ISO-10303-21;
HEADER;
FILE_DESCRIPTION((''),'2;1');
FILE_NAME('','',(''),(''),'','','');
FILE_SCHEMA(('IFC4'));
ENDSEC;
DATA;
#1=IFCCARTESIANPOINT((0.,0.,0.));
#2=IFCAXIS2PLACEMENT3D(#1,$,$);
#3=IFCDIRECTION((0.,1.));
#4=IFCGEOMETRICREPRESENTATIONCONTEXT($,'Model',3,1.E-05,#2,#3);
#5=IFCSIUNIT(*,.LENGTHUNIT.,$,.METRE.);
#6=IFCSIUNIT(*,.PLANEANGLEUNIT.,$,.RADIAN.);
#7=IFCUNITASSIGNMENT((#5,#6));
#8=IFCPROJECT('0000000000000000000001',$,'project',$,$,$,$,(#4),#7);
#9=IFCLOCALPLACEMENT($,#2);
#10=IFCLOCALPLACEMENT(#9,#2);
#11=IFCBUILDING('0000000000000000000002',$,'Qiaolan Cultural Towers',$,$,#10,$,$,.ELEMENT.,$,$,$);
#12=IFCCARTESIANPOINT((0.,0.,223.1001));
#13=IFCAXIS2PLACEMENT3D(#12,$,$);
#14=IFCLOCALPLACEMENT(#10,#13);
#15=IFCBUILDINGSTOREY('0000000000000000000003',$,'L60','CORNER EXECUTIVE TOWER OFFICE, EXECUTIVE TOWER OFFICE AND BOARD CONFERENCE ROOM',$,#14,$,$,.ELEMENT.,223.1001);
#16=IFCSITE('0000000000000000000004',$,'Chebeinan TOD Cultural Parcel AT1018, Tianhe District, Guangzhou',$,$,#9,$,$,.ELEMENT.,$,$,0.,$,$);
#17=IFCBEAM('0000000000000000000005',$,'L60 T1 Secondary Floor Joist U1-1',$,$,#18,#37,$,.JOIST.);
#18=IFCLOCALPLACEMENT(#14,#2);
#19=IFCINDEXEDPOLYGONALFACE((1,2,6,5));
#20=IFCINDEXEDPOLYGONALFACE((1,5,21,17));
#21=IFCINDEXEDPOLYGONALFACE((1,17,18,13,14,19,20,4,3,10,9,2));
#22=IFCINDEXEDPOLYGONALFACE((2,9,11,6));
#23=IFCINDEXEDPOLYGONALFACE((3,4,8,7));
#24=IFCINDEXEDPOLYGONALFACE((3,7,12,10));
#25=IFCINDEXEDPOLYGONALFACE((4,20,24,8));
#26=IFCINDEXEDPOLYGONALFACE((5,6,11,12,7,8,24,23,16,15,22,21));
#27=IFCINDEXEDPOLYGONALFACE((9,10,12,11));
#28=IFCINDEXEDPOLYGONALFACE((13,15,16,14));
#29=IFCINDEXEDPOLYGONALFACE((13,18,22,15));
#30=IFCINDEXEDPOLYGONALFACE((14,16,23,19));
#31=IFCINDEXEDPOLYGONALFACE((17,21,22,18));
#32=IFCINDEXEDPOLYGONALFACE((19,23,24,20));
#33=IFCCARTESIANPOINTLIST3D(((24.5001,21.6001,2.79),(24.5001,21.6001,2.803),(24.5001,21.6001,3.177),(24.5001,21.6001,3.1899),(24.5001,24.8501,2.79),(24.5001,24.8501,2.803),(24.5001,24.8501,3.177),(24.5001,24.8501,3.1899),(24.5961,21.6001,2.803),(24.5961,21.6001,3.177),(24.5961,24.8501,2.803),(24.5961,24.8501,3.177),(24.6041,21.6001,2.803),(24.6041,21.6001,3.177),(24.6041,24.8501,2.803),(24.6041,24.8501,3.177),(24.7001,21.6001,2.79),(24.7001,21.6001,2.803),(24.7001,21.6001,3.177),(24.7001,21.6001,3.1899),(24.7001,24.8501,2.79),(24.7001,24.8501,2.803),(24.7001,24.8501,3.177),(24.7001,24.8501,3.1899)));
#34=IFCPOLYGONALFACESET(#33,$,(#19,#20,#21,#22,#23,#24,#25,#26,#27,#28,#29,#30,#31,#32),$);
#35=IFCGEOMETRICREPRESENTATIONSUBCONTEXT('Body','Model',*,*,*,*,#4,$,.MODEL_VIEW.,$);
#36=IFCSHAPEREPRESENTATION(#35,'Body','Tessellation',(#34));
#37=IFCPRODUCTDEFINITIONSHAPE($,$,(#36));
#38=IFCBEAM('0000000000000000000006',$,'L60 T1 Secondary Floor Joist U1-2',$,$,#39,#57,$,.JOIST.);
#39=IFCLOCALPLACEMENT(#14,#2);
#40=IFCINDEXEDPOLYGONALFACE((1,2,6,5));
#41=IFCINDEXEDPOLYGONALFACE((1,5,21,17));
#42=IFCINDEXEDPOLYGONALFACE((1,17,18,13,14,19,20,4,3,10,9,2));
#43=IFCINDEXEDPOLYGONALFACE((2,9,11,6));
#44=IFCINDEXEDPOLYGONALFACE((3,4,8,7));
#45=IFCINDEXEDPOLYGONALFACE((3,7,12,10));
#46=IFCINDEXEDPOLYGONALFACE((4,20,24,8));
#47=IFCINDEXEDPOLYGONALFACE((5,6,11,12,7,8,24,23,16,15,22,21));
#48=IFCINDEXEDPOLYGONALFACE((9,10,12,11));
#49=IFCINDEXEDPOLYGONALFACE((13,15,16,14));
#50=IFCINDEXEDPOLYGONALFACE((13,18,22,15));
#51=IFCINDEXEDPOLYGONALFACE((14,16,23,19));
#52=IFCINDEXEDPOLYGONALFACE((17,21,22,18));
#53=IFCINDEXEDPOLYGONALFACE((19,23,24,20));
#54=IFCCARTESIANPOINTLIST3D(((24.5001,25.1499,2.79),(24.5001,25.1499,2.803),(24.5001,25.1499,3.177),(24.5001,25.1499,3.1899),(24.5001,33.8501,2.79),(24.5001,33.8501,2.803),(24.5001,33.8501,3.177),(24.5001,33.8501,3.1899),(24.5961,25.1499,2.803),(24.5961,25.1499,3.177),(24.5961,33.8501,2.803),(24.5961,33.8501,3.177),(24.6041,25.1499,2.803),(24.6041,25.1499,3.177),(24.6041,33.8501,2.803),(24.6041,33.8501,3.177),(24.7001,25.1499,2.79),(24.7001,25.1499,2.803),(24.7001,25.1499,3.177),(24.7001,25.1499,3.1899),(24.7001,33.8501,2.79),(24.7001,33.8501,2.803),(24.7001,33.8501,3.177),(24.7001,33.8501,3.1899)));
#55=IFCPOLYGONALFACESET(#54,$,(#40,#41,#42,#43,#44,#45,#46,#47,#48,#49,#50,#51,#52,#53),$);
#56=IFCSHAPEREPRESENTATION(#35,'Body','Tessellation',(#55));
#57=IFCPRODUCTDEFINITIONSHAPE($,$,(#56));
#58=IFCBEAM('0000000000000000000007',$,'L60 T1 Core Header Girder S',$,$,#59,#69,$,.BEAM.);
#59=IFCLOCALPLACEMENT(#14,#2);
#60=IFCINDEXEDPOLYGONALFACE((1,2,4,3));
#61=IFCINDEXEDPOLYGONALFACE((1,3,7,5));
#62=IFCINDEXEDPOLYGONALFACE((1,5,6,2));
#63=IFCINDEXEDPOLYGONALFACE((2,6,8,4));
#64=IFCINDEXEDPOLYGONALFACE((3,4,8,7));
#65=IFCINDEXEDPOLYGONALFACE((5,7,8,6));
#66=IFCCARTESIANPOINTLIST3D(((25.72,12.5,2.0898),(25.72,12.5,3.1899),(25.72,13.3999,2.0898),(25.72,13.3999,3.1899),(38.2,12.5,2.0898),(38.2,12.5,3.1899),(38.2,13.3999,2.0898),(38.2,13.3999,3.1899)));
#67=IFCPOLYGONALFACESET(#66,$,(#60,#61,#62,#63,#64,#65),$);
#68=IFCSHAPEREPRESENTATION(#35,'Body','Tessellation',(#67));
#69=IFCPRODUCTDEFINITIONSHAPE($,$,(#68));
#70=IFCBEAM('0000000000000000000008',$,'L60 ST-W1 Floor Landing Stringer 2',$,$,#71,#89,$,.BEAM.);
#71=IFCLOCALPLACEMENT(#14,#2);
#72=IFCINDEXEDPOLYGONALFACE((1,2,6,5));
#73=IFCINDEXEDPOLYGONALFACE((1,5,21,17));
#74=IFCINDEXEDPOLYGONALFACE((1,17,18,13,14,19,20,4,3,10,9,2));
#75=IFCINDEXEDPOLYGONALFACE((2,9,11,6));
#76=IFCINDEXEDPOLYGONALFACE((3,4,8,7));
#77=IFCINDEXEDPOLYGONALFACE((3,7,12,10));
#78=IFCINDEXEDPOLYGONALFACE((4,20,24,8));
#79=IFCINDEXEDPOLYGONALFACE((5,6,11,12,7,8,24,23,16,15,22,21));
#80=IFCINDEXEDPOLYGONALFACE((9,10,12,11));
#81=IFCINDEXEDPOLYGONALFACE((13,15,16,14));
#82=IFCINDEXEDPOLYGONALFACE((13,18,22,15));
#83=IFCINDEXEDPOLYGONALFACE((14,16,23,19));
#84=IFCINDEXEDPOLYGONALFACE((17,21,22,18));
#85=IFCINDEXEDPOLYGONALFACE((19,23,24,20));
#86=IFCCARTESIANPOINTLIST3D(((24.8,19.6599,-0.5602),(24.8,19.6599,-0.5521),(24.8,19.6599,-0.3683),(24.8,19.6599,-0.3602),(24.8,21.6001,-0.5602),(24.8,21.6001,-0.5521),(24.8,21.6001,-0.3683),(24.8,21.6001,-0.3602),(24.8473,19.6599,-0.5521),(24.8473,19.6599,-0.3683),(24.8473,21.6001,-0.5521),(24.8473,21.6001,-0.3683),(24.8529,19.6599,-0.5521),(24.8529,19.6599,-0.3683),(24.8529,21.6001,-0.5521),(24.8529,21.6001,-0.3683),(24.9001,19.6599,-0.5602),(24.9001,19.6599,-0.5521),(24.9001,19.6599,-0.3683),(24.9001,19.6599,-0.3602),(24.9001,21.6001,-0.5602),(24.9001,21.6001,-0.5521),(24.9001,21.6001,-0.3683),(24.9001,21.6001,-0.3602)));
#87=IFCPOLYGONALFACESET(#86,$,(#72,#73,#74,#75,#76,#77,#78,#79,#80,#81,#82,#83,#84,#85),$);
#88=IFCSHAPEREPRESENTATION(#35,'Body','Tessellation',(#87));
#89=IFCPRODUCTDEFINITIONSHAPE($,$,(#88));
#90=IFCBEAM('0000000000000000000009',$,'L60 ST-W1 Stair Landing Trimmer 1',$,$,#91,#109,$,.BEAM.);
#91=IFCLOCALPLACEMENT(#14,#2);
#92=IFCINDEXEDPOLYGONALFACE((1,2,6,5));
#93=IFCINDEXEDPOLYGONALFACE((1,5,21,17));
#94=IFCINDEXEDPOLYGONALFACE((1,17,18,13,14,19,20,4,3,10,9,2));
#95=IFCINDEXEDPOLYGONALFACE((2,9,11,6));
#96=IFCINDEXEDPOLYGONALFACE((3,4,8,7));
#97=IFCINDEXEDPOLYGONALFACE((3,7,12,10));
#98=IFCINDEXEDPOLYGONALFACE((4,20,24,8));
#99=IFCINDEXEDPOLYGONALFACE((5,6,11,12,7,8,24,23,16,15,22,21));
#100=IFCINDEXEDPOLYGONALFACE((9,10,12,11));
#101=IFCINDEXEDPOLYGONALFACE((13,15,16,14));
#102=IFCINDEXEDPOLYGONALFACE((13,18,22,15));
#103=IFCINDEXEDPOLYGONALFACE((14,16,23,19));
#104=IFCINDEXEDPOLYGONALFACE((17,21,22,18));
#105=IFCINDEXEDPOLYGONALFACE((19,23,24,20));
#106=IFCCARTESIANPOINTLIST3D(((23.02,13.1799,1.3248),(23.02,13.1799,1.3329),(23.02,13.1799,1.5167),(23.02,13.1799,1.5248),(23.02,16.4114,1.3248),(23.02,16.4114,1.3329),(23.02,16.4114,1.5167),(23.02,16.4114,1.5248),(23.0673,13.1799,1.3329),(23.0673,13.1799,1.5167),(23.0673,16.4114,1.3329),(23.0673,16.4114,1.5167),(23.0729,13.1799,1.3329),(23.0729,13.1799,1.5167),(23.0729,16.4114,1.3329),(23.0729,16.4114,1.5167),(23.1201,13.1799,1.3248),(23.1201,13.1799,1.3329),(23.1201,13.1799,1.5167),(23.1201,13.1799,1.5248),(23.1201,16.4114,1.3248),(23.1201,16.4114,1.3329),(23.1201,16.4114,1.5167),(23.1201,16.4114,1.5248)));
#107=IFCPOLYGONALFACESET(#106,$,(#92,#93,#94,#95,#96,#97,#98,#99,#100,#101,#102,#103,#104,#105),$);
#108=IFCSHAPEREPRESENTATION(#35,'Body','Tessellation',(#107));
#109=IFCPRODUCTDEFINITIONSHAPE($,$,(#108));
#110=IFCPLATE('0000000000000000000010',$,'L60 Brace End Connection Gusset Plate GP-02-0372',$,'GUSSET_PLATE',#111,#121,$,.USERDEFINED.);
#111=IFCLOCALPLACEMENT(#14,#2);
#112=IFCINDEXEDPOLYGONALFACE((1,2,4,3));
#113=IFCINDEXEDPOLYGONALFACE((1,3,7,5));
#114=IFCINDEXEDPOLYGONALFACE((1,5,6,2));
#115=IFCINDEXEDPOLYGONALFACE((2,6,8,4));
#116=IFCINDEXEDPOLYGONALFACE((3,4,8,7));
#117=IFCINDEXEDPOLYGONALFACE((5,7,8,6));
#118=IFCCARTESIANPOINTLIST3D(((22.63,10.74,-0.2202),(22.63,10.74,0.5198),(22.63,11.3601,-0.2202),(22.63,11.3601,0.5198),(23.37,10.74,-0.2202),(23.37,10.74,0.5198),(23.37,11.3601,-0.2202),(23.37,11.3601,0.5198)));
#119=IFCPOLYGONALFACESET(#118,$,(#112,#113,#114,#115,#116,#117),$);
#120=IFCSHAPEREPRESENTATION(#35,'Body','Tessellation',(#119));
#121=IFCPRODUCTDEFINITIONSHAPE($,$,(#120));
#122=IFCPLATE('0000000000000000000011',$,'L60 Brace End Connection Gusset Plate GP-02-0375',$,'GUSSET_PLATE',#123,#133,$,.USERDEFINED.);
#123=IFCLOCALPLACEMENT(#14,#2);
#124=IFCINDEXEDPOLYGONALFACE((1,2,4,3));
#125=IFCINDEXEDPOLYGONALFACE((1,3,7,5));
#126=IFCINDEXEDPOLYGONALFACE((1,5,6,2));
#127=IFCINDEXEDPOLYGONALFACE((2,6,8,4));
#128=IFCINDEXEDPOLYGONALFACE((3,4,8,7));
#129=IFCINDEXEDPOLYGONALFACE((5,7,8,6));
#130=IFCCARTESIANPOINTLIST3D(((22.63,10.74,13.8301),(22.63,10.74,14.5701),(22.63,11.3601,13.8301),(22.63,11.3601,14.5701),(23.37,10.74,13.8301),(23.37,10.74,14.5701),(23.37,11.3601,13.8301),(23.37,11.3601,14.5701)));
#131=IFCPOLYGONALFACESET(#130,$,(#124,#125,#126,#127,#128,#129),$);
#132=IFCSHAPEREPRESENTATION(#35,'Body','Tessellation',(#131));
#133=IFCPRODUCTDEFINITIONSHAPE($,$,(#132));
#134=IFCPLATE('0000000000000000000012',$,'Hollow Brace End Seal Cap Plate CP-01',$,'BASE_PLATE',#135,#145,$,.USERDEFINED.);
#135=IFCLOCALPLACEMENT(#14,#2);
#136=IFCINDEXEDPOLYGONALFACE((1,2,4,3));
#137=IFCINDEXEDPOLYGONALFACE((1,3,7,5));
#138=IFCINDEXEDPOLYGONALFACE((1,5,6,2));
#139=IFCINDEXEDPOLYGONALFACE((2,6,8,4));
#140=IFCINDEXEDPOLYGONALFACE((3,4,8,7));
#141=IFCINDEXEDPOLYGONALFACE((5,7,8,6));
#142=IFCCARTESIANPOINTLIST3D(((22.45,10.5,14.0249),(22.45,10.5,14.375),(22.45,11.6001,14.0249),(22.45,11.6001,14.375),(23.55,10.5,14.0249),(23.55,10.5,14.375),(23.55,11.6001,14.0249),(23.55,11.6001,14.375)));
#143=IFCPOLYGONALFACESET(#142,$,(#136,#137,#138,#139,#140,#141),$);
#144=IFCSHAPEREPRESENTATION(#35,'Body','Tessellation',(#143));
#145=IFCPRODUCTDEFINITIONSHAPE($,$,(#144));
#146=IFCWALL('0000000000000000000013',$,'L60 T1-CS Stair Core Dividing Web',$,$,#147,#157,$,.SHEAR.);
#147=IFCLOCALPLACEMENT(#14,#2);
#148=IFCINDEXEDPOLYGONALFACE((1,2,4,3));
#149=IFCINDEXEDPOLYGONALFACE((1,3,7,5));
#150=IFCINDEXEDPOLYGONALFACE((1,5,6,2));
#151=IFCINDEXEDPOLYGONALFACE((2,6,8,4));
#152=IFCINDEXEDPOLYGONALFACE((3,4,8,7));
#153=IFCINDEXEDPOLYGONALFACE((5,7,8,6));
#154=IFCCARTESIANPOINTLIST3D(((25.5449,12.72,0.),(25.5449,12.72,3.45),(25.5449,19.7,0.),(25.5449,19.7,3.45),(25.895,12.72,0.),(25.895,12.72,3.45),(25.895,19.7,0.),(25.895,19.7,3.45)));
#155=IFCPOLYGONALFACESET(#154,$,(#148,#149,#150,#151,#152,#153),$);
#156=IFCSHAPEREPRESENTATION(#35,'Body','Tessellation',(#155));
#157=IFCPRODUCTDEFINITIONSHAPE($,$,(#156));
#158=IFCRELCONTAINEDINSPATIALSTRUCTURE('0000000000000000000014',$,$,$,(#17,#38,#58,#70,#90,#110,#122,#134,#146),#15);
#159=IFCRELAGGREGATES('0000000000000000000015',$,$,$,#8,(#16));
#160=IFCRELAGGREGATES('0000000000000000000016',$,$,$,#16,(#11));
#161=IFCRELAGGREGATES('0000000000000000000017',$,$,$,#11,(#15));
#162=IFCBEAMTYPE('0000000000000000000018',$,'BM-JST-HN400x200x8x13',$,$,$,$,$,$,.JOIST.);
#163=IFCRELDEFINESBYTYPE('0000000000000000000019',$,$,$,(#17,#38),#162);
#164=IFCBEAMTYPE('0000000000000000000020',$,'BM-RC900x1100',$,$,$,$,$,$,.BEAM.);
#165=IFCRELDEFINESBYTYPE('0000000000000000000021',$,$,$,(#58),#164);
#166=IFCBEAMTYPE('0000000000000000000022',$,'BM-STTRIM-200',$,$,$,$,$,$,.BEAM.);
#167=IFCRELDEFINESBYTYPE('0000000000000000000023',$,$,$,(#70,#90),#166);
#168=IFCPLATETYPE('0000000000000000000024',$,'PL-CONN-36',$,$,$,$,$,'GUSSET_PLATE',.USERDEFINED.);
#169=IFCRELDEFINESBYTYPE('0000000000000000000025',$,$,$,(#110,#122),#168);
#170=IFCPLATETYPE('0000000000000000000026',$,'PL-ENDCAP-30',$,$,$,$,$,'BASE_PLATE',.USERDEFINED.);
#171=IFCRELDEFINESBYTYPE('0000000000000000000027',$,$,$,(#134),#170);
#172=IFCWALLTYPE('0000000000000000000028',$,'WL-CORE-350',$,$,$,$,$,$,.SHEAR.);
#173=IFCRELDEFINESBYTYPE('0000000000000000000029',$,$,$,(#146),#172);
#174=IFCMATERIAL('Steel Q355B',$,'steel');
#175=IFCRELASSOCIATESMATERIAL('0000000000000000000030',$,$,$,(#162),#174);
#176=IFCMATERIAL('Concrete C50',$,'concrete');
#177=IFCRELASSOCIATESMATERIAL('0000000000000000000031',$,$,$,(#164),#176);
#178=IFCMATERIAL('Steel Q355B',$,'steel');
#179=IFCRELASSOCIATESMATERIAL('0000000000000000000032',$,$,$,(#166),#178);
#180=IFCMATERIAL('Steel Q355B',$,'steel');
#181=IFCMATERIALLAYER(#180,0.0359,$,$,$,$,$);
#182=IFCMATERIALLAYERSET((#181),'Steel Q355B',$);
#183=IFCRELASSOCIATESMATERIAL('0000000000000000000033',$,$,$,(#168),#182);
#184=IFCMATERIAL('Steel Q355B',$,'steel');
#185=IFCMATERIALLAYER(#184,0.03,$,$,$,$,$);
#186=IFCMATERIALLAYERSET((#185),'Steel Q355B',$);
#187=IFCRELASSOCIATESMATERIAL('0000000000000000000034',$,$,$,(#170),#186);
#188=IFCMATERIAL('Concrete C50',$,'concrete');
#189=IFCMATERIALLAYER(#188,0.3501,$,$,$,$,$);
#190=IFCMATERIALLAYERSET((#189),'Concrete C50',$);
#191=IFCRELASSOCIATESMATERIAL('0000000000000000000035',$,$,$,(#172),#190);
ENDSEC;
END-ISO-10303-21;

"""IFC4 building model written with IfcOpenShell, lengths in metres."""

from ifc_helpers import new_model, si_unit, direction, frame, frame_2d, origin, origin_2d, place, context, subcontext, project, spatial, rectangle, i_section, extrude, material, layer, layer_set, material_profile, profile_set, type_object, element, save


model = new_model("IFC4")

# Units and contexts
model_context = context("Model", 3, precision=1e-05, world=origin(), true_north=direction((0.0, 1.0)))
body_context = subcontext(model_context, "Body", "Model", "MODEL_VIEW")
ifc_project = project(units=[si_unit("LENGTHUNIT", "METRE"), si_unit("PLANEANGLEUNIT", "RADIAN")], contexts=[model_context])

# Site, building, storey
site_placement = place(None, origin())
site = spatial("IfcSite", under=ifc_project, at=site_placement, Name="Chebeinan TOD Cultural Parcel AT1018, Tianhe District, Guangzhou", CompositionType="ELEMENT", RefElevation=0.0)
building_placement = place(site_placement, origin())
building = spatial("IfcBuilding", under=site, at=building_placement, Name="Qiaolan Cultural Towers", CompositionType="ELEMENT")
storey_placement = place(building_placement, frame((0.0, 0.0, 223.1001)))
storey = spatial("IfcBuildingStorey", under=building, at=storey_placement, Name="L60", Description="CORNER EXECUTIVE TOWER OFFICE, EXECUTIVE TOWER OFFICE AND BOARD CONFERENCE ROOM", CompositionType="ELEMENT", Elevation=223.1001)

# Beams
ifc_material_1 = material(Name="Steel Q355B", Category="steel")
ifc_material_profile_1 = material_profile(ifc_material_1, i_section(OverallWidth=0.2, OverallDepth=0.3999, WebThickness=0.0081, FlangeThickness=0.0129, at=origin_2d()), Name="HN400x200x8x13")
ifc_profile_set_1 = profile_set([ifc_material_profile_1], Name="Steel Q355B")
beam_type_1 = type_object("IfcBeamType", Name="BM-JST-HN400x200x8x13", PredefinedType="JOIST", material=ifc_profile_set_1)
beam_1_placement = place(storey_placement, frame((24.6001, 21.6001, 2.99), z_axis=(0.0, 1.0, 0.0), x_axis=(-1.0, 0.0, 0.0)))
element("IfcBeam", 1, at=beam_1_placement, inside=storey, type_object=beam_type_1, Name="L60 T1 Secondary Floor Joist U1-1", PredefinedType="JOIST", context=body_context, shape_type="SweptSolid", body=[
    extrude(i_section(OverallWidth=0.2, OverallDepth=0.3999, WebThickness=0.0081, FlangeThickness=0.0129, at=origin_2d()), origin(), (0.0, 0.0, 1.0), 3.25),
])
beam_2_placement = place(storey_placement, frame((24.6001, 25.1499, 2.99), z_axis=(0.0, 1.0, 0.0), x_axis=(-1.0, 0.0, 0.0)))
element("IfcBeam", 2, at=beam_2_placement, inside=storey, type_object=beam_type_1, Name="L60 T1 Secondary Floor Joist U1-2", PredefinedType="JOIST", context=body_context, shape_type="SweptSolid", body=[
    extrude(i_section(OverallWidth=0.2, OverallDepth=0.3999, WebThickness=0.0081, FlangeThickness=0.0129, at=origin_2d()), origin(), (0.0, 0.0, 1.0), 8.7002),
])
ifc_material_2 = material(Name="Concrete C50", Category="concrete")
ifc_material_profile_2 = material_profile(ifc_material_2, rectangle(XDim=0.8999, YDim=1.1001, at=origin_2d()), Name="RC900x1100")
ifc_profile_set_2 = profile_set([ifc_material_profile_2], Name="Concrete C50")
beam_type_2 = type_object("IfcBeamType", Name="BM-RC900x1100", PredefinedType="BEAM", material=ifc_profile_set_2)
beam_3_placement = place(storey_placement, frame((25.72, 12.95, 2.6399), z_axis=(1.0, 0.0, 0.0), x_axis=(0.0, 1.0, 0.0)))
element("IfcBeam", 3, at=beam_3_placement, inside=storey, type_object=beam_type_2, Name="L60 T1 Core Header Girder S", PredefinedType="BEAM", context=body_context, shape_type="SweptSolid", body=[
    extrude(rectangle(XDim=0.8999, YDim=1.1001, at=origin_2d()), origin(), (0.0, 0.0, 1.0), 12.48),
])
ifc_material_3 = material(Name="Steel Q355B", Category="steel")
ifc_material_profile_3 = material_profile(ifc_material_3, i_section(OverallWidth=0.1001, OverallDepth=0.2, WebThickness=0.0056, FlangeThickness=0.0081, at=origin_2d()), Name="HN200x100x5.5x8")
ifc_profile_set_3 = profile_set([ifc_material_profile_3], Name="Steel Q355B")
beam_type_3 = type_object("IfcBeamType", Name="BM-STTRIM-200", PredefinedType="BEAM", material=ifc_profile_set_3)
beam_4_placement = place(storey_placement, frame((24.8501, 21.6001, -0.4602), z_axis=(0.0, -1.0, 0.0), x_axis=(1.0, 0.0, 0.0)))
element("IfcBeam", 4, at=beam_4_placement, inside=storey, type_object=beam_type_3, Name="L60 ST-W1 Floor Landing Stringer 2", PredefinedType="BEAM", context=body_context, shape_type="SweptSolid", body=[
    extrude(i_section(OverallWidth=0.1001, OverallDepth=0.2, WebThickness=0.0056, FlangeThickness=0.0081, at=origin_2d()), origin(), (0.0, 0.0, 1.0), 1.9402),
])
beam_5_placement = place(storey_placement, frame((23.0701, 16.4114, 1.4248), z_axis=(0.0, -1.0, 0.0), x_axis=(1.0, 0.0, 0.0)))
element("IfcBeam", 5, at=beam_5_placement, inside=storey, type_object=beam_type_3, Name="L60 ST-W1 Stair Landing Trimmer 1", PredefinedType="BEAM", context=body_context, shape_type="SweptSolid", body=[
    extrude(i_section(OverallWidth=0.1001, OverallDepth=0.2, WebThickness=0.0056, FlangeThickness=0.0081, at=origin_2d()), origin(), (0.0, 0.0, 1.0), 3.2314),
])

# Plates
ifc_material_4 = material(Name="Steel Q355B", Category="steel")
ifc_layer_1 = layer(ifc_material_4, 0.0359)
ifc_layer_set_1 = layer_set([ifc_layer_1], Name="Steel Q355B")
plate_type_1 = type_object("IfcPlateType", Name="PL-CONN-36", ElementType="GUSSET_PLATE", PredefinedType="USERDEFINED", material=ifc_layer_set_1)
for number, where, z_axis, x_axis, name in (
    (6, (23.0, 11.05, -0.2202), (0.0, 0.0, 1.0), (1.0, 0.0, 0.0), "L60 Brace End Connection Gusset Plate GP-02-0372"),
    (7, (23.0, 11.05, 13.8301), (0.0, 0.0, 1.0), (1.0, 0.0, 0.0), "L60 Brace End Connection Gusset Plate GP-02-0375"),
):
    element("IfcPlate", number, at=place(storey_placement, frame(where, z_axis=z_axis, x_axis=x_axis)), inside=storey, type_object=plate_type_1, Name=name, ObjectType="GUSSET_PLATE", PredefinedType="USERDEFINED", context=body_context, shape_type="SweptSolid", body=[
        extrude(rectangle(XDim=0.74, YDim=0.6201, at=origin_2d()), origin(), (0.0, 0.0, 1.0), 0.74),
    ])
ifc_material_5 = material(Name="Steel Q355B", Category="steel")
ifc_layer_2 = layer(ifc_material_5, 0.03)
ifc_layer_set_2 = layer_set([ifc_layer_2], Name="Steel Q355B")
plate_type_2 = type_object("IfcPlateType", Name="PL-ENDCAP-30", ElementType="BASE_PLATE", PredefinedType="USERDEFINED", material=ifc_layer_set_2)
plate_placement = place(storey_placement, frame((23.0, 11.05, 14.0249), z_axis=(0.0, 0.0, 1.0), x_axis=(1.0, 0.0, 0.0)))
element("IfcPlate", 8, at=plate_placement, inside=storey, type_object=plate_type_2, Name="Hollow Brace End Seal Cap Plate CP-01", ObjectType="BASE_PLATE", PredefinedType="USERDEFINED", context=body_context, shape_type="SweptSolid", body=[
    extrude(rectangle(XDim=1.1001, YDim=1.1001, at=origin_2d()), origin(), (0.0, 0.0, 1.0), 0.3501),
])

# Wall
ifc_material_6 = material(Name="Concrete C50", Category="concrete")
ifc_layer_3 = layer(ifc_material_6, 0.3501)
ifc_layer_set_3 = layer_set([ifc_layer_3], Name="Concrete C50")
wall_type_1 = type_object("IfcWallType", Name="WL-CORE-350", PredefinedType="SHEAR", material=ifc_layer_set_3)
wall_1_placement = place(storey_placement, frame((25.72, 19.7, 0.0), z_axis=(0.0, 0.0, 1.0), x_axis=(0.0, -1.0, 0.0)))
element("IfcWall", 9, at=wall_1_placement, inside=storey, type_object=wall_type_1, Name="L60 T1-CS Stair Core Dividing Web", PredefinedType="SHEAR", context=body_context, shape_type="SweptSolid", body=[
    extrude(rectangle(XDim=6.98, YDim=0.3501, at=frame_2d((3.49, 0.0))), origin(), (0.0, 0.0, 1.0), 3.45),
])

save(model, "model.ifc")
